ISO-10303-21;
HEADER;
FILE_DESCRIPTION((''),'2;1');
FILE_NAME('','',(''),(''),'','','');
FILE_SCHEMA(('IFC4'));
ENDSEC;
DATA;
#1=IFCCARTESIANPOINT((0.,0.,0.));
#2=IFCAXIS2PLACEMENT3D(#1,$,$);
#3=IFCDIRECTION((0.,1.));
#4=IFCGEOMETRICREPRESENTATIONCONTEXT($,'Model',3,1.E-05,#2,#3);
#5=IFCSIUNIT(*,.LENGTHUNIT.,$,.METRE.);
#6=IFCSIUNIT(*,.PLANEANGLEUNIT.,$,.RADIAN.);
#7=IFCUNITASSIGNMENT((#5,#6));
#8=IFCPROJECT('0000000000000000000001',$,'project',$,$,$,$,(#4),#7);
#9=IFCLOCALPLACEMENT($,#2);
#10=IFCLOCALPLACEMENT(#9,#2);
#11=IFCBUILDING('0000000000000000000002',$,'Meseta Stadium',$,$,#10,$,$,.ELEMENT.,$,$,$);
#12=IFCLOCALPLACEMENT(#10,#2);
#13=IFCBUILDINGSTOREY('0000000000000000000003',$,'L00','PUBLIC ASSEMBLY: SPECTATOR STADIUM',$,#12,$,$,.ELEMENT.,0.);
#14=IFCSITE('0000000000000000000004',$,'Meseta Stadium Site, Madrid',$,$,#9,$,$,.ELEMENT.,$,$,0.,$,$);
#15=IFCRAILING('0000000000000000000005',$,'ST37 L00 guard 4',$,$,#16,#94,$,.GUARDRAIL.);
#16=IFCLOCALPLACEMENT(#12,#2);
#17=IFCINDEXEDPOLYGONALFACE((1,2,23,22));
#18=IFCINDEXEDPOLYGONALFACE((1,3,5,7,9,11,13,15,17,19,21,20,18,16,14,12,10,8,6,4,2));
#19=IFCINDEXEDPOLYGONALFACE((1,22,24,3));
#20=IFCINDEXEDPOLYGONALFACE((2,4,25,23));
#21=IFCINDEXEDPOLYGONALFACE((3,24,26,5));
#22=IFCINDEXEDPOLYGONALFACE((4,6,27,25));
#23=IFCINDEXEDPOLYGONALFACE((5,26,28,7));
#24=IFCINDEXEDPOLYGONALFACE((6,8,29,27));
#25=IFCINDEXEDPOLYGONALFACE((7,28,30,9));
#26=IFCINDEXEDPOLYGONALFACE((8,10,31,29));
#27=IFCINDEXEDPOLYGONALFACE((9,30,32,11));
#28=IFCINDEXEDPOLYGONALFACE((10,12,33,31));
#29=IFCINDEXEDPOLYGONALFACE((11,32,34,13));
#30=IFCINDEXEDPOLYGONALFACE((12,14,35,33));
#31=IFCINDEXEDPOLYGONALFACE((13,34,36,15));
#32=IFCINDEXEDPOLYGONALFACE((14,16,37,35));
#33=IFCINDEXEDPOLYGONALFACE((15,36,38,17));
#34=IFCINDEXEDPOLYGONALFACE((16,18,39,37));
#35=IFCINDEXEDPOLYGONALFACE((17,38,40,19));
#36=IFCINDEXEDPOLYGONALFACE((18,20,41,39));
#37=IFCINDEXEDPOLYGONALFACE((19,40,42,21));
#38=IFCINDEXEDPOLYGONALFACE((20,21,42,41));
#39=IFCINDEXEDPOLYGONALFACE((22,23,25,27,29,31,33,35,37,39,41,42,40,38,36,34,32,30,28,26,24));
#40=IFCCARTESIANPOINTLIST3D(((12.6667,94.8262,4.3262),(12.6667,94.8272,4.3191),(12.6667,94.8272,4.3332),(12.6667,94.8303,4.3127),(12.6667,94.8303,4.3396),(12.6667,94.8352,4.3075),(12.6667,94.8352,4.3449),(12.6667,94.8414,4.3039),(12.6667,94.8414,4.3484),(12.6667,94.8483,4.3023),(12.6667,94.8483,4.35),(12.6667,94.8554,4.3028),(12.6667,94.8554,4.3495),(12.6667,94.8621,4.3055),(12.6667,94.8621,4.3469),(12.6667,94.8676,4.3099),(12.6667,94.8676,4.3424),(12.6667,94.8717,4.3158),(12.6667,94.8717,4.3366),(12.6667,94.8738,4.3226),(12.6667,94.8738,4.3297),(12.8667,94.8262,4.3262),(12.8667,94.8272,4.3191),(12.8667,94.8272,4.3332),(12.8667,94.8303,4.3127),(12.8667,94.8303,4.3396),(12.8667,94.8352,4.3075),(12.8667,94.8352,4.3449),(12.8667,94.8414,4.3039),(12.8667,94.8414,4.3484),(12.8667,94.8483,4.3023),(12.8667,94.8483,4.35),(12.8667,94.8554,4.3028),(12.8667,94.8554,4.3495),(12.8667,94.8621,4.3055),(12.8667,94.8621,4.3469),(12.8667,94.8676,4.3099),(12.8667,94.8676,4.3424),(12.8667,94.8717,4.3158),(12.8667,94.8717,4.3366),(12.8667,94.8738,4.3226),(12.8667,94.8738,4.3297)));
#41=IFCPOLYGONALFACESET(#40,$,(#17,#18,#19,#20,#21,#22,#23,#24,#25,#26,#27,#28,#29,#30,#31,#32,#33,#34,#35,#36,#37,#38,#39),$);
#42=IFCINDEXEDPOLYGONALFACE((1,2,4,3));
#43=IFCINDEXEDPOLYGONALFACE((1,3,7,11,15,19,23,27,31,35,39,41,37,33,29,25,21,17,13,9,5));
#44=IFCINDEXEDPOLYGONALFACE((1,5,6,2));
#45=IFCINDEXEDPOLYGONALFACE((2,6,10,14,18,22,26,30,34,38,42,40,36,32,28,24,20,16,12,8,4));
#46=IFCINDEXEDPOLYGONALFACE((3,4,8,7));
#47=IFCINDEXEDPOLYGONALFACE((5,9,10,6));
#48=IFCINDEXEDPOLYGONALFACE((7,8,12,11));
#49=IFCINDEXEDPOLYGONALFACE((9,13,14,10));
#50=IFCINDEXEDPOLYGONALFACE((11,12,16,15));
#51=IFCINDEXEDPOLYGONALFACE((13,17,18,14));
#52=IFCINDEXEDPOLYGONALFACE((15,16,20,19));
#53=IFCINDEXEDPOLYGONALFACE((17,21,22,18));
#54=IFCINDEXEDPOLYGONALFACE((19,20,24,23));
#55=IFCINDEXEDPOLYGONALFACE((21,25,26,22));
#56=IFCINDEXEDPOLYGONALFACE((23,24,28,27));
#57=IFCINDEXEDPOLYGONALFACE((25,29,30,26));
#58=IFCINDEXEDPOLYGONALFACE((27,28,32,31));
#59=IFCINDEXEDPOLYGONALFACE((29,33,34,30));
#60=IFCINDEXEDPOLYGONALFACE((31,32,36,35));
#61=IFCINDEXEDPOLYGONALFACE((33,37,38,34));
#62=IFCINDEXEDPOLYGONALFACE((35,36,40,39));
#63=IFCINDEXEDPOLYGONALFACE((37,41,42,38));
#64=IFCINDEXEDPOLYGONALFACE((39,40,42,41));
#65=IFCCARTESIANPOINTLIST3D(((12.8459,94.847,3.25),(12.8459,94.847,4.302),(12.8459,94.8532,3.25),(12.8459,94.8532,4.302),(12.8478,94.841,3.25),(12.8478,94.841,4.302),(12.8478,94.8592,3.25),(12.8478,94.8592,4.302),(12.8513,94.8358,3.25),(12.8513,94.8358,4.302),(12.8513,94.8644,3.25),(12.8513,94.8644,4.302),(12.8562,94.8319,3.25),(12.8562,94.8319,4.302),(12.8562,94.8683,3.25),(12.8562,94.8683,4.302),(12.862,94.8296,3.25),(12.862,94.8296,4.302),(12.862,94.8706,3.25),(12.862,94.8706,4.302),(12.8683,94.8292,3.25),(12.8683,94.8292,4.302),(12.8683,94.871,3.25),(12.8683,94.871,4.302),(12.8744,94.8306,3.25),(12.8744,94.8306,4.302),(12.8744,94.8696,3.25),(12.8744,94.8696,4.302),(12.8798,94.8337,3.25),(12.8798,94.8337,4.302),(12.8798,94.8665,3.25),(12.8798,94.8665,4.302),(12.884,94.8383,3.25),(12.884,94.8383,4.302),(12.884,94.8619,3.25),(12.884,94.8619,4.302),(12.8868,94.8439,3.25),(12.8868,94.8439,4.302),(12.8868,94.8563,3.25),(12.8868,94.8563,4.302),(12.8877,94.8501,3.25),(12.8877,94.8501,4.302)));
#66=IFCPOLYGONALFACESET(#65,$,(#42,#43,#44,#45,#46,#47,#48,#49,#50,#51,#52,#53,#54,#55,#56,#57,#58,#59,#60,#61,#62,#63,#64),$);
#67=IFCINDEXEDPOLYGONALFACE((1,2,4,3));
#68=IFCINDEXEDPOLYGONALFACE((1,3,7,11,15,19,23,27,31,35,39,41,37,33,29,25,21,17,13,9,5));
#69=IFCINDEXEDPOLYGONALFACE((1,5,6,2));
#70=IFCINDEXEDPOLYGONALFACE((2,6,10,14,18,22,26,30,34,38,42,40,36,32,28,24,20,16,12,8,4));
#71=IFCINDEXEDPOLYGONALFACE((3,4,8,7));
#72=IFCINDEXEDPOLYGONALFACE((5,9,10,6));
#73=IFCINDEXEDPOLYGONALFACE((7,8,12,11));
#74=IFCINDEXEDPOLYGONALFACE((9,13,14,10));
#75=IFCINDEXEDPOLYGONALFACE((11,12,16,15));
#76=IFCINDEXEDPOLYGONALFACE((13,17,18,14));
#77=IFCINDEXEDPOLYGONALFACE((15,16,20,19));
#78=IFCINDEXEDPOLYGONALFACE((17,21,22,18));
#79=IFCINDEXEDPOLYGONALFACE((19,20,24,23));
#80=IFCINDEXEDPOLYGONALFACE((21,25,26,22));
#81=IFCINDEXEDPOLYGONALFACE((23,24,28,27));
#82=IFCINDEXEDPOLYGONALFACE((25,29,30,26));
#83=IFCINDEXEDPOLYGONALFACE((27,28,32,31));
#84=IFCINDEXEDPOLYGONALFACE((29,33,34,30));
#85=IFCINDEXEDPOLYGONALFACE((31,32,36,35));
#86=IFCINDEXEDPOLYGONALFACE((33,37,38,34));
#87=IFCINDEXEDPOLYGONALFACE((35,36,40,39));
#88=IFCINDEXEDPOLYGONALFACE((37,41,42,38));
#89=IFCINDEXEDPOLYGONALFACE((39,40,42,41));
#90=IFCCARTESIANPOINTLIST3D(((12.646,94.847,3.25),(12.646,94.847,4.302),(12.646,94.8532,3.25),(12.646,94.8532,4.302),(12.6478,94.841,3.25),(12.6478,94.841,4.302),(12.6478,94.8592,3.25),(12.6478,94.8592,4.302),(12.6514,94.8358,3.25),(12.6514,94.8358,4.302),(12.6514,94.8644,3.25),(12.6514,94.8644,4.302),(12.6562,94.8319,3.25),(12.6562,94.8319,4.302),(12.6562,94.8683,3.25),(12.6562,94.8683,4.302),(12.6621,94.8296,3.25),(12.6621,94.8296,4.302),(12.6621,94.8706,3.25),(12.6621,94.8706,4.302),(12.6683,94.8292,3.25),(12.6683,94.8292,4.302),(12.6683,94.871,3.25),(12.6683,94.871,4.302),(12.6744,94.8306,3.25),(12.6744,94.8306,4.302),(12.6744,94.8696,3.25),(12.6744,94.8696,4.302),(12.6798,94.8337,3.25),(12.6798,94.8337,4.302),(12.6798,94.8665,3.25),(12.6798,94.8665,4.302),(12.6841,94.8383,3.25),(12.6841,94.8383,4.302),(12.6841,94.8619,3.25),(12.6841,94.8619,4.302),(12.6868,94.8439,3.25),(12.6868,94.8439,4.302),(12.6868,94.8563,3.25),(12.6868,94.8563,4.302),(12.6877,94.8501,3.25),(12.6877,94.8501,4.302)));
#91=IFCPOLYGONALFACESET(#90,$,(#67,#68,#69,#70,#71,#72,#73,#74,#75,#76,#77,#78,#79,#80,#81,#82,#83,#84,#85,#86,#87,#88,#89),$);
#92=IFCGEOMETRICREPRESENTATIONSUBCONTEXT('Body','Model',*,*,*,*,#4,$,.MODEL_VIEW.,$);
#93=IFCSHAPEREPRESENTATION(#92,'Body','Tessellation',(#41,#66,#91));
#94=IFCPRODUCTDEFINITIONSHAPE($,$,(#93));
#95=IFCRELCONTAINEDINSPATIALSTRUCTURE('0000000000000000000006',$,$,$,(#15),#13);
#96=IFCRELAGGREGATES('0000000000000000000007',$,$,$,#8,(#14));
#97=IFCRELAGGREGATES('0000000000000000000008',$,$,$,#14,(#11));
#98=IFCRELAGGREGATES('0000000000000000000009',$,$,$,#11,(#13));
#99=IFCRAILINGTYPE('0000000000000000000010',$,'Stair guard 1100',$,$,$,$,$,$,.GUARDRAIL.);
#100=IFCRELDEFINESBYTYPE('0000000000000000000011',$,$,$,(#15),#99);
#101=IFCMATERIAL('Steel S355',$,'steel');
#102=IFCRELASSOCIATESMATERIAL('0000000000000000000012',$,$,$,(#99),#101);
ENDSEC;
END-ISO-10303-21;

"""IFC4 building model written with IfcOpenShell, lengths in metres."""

from ifc_helpers import new_model, si_unit, direction, frame, origin, origin_2d, place, context, subcontext, project, spatial, circle, extrude, material, type_object, element, save


model = new_model("IFC4")

# Units and contexts
model_context = context("Model", 3, precision=1e-05, world=origin(), true_north=direction((0.0, 1.0)))
body_context = subcontext(model_context, "Body", "Model", "MODEL_VIEW")
ifc_project = project(units=[si_unit("LENGTHUNIT", "METRE"), si_unit("PLANEANGLEUNIT", "RADIAN")], contexts=[model_context])

# Site, building, storey
site_placement = place(None, origin())
site = spatial("IfcSite", under=ifc_project, at=site_placement, Name="Meseta Stadium Site, Madrid", CompositionType="ELEMENT", RefElevation=0.0)
building_placement = place(site_placement, origin())
building = spatial("IfcBuilding", under=site, at=building_placement, Name="Meseta Stadium", CompositionType="ELEMENT")
storey_placement = place(building_placement, origin())
storey = spatial("IfcBuildingStorey", under=building, at=storey_placement, Name="L00", Description="PUBLIC ASSEMBLY: SPECTATOR STADIUM", CompositionType="ELEMENT", Elevation=0.0)

# Railing
ifc_material_1 = material(Name="Steel S355", Category="steel")
railing_type_1 = type_object("IfcRailingType", Name="Stair guard 1100", PredefinedType="GUARDRAIL", material=ifc_material_1)
railing_1_placement = place(storey_placement, frame((12.8667, 94.8501, 3.25)))
element("IfcRailing", 1, at=railing_1_placement, inside=storey, type_object=railing_type_1, Name="ST37 L00 guard 4", PredefinedType="GUARDRAIL", context=body_context, shape_type="SweptSolid", body=[
    extrude(circle(Radius=0.0239, at=origin_2d()), frame((0.0, 0.0, 1.0762), z_axis=(-1.0, 0.0, 0.0), x_axis=(0.0, -1.0, 0.0)), (0.0, 0.0, 1.0), 0.2),
    extrude(circle(Radius=0.021, at=origin_2d()), origin(), (0.0, 0.0, 1.0), 1.052),
    extrude(circle(Radius=0.021, at=origin_2d()), frame((-0.2, 0.0, 0.0)), (0.0, 0.0, 1.0), 1.052),
])

save(model, "model.ifc")
